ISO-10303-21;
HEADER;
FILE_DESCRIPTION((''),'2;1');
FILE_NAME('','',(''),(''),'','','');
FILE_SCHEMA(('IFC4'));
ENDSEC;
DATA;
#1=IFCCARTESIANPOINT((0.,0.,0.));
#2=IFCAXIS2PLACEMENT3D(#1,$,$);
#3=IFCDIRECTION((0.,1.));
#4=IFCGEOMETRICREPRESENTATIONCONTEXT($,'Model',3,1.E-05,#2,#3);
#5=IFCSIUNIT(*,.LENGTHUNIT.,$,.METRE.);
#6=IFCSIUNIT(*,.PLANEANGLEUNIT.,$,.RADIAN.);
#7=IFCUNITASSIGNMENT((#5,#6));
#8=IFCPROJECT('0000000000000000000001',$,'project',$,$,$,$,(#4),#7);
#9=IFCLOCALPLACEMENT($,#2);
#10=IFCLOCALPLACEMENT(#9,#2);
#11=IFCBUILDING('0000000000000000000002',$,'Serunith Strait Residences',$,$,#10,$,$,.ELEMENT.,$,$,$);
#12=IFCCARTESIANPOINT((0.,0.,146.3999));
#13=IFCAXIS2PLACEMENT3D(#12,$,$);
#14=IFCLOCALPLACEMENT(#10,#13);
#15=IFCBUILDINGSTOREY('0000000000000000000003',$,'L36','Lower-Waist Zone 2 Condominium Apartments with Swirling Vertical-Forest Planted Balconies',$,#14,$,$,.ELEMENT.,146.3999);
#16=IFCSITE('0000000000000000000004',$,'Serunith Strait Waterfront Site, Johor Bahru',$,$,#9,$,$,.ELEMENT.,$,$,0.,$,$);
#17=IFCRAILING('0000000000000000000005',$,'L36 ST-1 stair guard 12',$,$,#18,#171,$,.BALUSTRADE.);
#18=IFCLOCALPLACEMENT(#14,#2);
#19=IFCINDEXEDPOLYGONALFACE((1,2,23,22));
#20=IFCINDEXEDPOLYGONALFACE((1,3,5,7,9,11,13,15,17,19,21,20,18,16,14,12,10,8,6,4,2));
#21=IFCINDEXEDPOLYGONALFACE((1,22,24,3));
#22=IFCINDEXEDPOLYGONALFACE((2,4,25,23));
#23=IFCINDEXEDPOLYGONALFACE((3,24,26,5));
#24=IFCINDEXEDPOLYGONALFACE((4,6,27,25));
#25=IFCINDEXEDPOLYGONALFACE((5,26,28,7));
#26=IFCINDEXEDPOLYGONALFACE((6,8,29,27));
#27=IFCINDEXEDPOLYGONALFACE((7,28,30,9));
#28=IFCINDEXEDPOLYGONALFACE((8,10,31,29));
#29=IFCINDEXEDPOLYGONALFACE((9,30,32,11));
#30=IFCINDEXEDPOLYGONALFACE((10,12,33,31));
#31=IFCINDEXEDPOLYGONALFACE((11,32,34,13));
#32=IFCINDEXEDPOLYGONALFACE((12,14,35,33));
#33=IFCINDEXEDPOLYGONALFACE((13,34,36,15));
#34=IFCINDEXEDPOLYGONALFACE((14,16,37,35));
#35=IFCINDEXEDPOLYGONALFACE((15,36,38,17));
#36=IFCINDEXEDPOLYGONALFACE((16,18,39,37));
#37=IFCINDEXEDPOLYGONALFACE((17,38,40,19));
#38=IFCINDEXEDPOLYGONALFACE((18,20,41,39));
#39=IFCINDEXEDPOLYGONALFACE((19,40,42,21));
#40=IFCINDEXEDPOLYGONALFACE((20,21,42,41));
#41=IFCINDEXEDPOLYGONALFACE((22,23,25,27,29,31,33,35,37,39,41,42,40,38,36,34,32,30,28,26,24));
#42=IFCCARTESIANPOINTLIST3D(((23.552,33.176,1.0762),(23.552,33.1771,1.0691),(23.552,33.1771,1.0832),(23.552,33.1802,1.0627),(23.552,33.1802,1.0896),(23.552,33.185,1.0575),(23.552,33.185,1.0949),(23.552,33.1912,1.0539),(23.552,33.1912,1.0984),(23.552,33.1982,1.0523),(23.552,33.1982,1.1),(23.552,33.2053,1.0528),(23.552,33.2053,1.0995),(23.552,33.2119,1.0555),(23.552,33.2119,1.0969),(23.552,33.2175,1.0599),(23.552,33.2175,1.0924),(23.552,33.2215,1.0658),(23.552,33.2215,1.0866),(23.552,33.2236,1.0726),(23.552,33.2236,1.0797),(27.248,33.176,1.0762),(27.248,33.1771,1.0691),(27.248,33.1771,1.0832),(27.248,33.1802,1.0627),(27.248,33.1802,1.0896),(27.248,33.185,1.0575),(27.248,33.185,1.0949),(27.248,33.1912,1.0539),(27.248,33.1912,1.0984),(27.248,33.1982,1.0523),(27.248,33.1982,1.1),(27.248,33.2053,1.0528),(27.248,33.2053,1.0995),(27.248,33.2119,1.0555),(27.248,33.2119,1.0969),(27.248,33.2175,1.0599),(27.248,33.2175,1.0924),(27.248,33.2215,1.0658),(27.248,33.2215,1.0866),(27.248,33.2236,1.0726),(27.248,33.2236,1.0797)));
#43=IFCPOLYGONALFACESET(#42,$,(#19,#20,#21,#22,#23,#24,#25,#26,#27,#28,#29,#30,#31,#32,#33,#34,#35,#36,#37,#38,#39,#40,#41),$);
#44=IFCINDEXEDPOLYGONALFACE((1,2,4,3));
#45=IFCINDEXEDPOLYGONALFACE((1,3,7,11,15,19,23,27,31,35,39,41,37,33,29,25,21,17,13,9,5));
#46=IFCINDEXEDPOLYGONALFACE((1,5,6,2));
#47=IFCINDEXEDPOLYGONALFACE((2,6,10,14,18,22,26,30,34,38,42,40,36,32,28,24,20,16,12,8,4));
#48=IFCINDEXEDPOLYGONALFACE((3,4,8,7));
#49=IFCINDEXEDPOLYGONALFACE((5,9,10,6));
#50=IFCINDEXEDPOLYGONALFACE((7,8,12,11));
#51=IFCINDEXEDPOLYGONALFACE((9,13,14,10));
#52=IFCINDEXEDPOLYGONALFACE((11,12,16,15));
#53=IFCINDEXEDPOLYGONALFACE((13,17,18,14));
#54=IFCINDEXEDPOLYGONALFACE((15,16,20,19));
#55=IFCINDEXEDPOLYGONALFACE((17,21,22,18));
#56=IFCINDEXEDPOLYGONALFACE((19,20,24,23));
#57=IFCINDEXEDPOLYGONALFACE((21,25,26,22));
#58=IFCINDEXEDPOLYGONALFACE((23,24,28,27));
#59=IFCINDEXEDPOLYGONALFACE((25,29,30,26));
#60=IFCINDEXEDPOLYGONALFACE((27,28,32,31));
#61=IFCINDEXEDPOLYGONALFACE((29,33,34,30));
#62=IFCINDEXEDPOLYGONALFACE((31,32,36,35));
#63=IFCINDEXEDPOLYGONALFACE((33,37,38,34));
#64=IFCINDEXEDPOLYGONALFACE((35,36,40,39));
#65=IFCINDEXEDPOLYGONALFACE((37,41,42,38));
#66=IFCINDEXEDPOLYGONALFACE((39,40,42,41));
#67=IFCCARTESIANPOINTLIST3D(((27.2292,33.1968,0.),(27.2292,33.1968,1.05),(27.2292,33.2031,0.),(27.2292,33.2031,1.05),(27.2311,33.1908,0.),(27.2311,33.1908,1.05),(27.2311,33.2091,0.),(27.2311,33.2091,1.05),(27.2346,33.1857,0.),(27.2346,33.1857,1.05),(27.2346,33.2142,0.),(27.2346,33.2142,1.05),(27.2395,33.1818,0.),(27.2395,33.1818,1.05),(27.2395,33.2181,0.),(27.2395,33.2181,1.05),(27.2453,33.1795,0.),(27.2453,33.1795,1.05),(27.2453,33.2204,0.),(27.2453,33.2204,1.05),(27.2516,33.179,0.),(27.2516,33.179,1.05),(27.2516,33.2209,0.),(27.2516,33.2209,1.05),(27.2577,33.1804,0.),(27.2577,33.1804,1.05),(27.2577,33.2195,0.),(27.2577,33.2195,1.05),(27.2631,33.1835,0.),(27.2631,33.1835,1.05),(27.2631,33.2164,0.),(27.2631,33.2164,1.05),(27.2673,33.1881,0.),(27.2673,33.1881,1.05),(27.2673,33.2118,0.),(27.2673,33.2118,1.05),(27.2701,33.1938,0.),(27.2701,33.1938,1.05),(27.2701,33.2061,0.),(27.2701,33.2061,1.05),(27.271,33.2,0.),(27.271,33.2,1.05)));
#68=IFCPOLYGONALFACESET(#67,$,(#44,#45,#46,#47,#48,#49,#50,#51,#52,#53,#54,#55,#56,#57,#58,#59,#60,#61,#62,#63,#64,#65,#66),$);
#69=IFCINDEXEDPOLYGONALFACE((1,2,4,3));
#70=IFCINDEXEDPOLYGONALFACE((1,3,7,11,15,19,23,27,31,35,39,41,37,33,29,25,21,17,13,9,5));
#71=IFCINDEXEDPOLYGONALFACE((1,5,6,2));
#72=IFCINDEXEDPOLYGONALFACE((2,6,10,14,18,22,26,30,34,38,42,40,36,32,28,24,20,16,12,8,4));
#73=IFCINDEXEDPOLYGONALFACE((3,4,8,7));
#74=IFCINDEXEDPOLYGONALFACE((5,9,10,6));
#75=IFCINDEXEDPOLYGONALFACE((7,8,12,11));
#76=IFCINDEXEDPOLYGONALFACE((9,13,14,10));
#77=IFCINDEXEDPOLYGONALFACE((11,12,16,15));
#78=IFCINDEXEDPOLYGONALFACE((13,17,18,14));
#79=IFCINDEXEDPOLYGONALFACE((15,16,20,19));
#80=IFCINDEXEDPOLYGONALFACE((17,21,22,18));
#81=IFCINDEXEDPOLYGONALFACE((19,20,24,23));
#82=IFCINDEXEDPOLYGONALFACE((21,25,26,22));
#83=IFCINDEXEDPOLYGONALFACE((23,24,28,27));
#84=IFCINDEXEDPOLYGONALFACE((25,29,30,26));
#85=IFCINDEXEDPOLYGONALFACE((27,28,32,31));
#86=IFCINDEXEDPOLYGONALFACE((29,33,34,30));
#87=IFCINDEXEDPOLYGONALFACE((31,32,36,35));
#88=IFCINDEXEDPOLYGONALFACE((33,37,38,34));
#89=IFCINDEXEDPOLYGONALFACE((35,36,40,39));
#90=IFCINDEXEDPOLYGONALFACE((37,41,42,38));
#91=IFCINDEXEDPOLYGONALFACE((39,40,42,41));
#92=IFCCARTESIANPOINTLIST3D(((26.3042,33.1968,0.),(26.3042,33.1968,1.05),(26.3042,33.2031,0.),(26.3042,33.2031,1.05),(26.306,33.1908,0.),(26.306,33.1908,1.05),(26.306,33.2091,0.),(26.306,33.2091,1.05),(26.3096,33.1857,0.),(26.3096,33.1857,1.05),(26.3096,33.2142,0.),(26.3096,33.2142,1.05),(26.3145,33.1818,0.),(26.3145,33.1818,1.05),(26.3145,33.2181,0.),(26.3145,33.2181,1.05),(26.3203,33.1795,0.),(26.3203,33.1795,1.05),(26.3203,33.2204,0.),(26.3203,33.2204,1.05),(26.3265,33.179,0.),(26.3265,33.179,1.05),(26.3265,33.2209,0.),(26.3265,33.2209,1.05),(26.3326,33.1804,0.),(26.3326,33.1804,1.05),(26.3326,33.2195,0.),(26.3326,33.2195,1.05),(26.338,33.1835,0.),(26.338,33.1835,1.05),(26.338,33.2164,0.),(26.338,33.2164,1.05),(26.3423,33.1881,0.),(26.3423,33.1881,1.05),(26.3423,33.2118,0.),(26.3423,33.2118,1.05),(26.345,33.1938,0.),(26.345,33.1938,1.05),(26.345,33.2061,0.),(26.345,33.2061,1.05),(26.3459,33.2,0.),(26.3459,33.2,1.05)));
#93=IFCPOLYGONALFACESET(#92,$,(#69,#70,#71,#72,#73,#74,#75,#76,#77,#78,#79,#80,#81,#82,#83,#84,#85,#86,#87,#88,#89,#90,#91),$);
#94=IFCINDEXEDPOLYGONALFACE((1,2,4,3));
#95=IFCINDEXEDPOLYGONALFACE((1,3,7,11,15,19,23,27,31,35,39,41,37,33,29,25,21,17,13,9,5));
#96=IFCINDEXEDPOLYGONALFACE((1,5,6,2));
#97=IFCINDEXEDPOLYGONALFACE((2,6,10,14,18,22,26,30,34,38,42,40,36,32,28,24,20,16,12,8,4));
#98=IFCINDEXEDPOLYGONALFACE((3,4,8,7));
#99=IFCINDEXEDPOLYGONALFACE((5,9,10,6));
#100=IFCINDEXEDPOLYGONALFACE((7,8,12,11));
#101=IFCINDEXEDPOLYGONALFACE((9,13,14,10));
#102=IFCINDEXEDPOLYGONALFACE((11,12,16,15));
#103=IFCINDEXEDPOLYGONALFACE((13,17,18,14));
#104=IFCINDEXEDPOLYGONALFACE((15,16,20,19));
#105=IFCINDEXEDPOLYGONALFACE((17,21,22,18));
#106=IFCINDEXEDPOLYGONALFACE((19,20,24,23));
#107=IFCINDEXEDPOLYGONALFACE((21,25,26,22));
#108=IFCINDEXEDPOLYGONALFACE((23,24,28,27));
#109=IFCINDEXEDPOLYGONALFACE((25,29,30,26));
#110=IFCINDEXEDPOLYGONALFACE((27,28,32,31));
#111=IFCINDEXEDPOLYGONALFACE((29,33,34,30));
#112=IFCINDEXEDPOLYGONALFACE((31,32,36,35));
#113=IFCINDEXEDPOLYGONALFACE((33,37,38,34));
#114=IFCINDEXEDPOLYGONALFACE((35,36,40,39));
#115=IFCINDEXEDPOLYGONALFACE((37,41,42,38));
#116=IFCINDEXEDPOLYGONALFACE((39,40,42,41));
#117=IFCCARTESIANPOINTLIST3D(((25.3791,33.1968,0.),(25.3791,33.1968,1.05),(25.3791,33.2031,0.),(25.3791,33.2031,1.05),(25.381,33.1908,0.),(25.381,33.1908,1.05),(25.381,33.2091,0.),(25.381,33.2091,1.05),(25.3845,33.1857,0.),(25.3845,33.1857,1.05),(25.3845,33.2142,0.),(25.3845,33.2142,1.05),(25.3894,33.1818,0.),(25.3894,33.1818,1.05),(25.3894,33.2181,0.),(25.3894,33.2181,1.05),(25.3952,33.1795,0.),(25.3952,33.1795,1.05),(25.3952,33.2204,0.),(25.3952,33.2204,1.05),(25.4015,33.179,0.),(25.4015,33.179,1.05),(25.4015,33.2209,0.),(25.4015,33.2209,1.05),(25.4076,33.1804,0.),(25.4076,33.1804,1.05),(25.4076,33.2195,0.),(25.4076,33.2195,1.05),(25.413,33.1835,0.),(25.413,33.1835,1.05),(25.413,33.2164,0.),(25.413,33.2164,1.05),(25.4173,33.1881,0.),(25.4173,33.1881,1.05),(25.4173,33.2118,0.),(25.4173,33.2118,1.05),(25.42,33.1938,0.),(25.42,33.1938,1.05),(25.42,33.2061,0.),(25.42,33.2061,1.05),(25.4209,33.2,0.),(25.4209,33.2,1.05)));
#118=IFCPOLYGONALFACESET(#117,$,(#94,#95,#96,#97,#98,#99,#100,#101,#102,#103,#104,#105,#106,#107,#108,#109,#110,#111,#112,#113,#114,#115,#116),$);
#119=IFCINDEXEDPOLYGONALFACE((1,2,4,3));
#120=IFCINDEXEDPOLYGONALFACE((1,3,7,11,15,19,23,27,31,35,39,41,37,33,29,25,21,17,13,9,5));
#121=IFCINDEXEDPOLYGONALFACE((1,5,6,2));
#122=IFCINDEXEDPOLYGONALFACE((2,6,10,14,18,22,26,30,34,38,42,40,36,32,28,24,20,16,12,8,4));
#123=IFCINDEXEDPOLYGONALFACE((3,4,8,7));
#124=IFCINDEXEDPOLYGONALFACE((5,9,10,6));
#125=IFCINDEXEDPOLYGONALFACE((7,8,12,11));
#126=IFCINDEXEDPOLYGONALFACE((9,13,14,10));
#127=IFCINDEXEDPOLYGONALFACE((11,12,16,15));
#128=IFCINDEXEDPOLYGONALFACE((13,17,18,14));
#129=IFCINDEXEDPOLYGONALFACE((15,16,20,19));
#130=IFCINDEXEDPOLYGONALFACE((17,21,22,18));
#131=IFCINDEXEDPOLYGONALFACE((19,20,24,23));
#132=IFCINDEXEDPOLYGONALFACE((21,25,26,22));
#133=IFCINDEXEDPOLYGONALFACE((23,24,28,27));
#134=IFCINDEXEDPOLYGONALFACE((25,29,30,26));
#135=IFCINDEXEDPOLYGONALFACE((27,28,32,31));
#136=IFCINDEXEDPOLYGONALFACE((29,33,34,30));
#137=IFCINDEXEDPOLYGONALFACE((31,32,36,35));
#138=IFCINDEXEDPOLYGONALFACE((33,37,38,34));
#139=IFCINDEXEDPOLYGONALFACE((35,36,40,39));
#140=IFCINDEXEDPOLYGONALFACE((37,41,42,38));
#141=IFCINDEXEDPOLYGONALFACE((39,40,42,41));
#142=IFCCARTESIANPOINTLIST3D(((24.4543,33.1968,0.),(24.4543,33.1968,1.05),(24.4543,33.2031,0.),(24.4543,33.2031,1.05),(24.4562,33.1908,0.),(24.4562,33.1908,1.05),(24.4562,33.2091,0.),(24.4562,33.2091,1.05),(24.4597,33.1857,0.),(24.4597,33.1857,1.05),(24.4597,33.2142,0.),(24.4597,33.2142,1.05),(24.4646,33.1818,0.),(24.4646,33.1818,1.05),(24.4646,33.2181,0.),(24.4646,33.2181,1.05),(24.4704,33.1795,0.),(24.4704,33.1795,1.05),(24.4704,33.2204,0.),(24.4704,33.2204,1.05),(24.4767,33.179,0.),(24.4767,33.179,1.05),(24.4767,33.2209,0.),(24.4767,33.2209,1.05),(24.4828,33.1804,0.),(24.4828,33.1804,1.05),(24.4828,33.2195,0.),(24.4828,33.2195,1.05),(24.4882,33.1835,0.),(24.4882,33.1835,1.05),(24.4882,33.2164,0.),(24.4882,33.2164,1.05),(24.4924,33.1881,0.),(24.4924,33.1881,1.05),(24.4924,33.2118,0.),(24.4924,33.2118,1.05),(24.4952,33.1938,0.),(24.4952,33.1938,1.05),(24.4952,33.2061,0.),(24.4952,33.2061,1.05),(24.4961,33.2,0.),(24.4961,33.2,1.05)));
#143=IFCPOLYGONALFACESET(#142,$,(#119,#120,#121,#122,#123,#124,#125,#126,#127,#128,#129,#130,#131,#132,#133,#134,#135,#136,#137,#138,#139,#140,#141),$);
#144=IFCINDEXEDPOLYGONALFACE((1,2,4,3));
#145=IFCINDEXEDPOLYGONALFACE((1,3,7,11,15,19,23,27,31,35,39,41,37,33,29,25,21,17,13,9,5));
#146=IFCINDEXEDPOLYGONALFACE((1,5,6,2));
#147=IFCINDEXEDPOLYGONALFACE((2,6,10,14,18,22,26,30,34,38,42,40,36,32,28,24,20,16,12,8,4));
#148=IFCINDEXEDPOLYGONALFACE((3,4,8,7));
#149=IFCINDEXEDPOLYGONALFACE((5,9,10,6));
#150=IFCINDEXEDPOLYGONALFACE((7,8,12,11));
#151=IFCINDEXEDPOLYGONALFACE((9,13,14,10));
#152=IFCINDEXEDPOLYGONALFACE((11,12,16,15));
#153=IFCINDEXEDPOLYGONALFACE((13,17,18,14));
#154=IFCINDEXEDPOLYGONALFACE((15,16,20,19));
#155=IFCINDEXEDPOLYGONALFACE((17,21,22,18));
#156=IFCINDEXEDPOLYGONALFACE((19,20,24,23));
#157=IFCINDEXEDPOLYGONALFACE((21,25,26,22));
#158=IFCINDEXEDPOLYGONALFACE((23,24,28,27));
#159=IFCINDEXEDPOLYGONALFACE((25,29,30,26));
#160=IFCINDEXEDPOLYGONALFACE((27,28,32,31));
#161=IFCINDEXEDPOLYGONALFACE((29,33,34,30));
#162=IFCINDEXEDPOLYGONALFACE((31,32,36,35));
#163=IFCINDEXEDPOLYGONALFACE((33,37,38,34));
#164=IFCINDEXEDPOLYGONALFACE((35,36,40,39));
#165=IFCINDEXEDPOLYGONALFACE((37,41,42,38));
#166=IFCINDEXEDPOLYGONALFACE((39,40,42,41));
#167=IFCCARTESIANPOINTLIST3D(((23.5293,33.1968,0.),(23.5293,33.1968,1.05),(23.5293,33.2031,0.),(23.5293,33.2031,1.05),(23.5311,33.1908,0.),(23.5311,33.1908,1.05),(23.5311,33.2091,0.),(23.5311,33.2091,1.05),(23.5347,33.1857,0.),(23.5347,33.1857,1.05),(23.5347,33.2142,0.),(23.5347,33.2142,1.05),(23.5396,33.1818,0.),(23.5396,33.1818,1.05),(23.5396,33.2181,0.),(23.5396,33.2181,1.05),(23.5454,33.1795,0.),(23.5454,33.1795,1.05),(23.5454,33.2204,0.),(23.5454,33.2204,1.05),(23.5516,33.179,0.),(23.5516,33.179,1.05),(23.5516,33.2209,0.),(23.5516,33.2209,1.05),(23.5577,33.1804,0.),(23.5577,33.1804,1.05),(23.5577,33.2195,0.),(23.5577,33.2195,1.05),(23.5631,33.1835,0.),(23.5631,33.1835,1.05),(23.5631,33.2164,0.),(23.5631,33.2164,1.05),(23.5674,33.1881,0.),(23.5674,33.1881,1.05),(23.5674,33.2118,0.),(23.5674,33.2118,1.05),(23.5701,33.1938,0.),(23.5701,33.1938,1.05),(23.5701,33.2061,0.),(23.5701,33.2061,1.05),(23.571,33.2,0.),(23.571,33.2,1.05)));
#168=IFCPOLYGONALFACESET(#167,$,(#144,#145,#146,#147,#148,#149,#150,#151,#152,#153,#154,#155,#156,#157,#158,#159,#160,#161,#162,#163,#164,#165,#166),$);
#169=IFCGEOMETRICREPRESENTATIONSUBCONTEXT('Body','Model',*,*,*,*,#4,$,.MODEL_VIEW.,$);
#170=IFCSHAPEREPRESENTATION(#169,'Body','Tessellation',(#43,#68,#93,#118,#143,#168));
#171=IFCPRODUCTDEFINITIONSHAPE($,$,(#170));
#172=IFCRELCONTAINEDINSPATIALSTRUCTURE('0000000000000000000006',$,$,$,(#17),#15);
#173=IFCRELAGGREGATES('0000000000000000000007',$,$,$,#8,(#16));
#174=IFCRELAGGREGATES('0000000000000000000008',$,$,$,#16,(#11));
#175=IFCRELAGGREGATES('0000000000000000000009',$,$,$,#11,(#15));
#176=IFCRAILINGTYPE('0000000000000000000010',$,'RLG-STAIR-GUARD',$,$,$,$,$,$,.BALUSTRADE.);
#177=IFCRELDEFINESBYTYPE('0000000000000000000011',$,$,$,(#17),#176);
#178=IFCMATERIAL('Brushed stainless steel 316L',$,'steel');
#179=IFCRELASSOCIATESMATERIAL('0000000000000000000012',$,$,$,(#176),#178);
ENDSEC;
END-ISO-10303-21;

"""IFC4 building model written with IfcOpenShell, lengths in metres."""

from ifc_helpers import new_model, si_unit, direction, frame, origin, origin_2d, place, context, subcontext, project, spatial, circle, extrude, material, type_object, element, save


model = new_model("IFC4")

# Units and contexts
model_context = context("Model", 3, precision=1e-05, world=origin(), true_north=direction((0.0, 1.0)))
body_context = subcontext(model_context, "Body", "Model", "MODEL_VIEW")
ifc_project = project(units=[si_unit("LENGTHUNIT", "METRE"), si_unit("PLANEANGLEUNIT", "RADIAN")], contexts=[model_context])

# Site, building, storey
site_placement = place(None, origin())
site = spatial("IfcSite", under=ifc_project, at=site_placement, Name="Serunith Strait Waterfront Site, Johor Bahru", CompositionType="ELEMENT", RefElevation=0.0)
building_placement = place(site_placement, origin())
building = spatial("IfcBuilding", under=site, at=building_placement, Name="Serunith Strait Residences", CompositionType="ELEMENT")
storey_placement = place(building_placement, frame((0.0, 0.0, 146.3999)))
storey = spatial("IfcBuildingStorey", under=building, at=storey_placement, Name="L36", Description="Lower-Waist Zone 2 Condominium Apartments with Swirling Vertical-Forest Planted Balconies", CompositionType="ELEMENT", Elevation=146.3999)

# Railing
ifc_material_1 = material(Name="Brushed stainless steel 316L", Category="steel")
railing_type_1 = type_object("IfcRailingType", Name="RLG-STAIR-GUARD", PredefinedType="BALUSTRADE", material=ifc_material_1)
railing_1_placement = place(storey_placement, frame((27.25, 33.2, 0.0)))
element("IfcRailing", 1, at=railing_1_placement, inside=storey, type_object=railing_type_1, Name="L36 ST-1 stair guard 12", PredefinedType="BALUSTRADE", context=body_context, shape_type="SweptSolid", body=[
    extrude(circle(Radius=0.0239, at=origin_2d()), frame((-0.002, 0.0, 1.0762), z_axis=(-1.0, 0.0, 0.0), x_axis=(0.0, -1.0, 0.0)), (0.0, 0.0, 1.0), 3.696),
    extrude(circle(Radius=0.021, at=origin_2d()), origin(), (0.0, 0.0, 1.0), 1.05),
    extrude(circle(Radius=0.021, at=origin_2d()), frame((-0.925, 0.0, 0.0)), (0.0, 0.0, 1.0), 1.05),
    extrude(circle(Radius=0.021, at=origin_2d()), frame((-1.8501, 0.0, 0.0)), (0.0, 0.0, 1.0), 1.05),
    extrude(circle(Radius=0.021, at=origin_2d()), frame((-2.7749, 0.0, 0.0)), (0.0, 0.0, 1.0), 1.05),
    extrude(circle(Radius=0.021, at=origin_2d()), frame((-3.7, 0.0, 0.0)), (0.0, 0.0, 1.0), 1.05),
])

save(model, "model.ifc")
